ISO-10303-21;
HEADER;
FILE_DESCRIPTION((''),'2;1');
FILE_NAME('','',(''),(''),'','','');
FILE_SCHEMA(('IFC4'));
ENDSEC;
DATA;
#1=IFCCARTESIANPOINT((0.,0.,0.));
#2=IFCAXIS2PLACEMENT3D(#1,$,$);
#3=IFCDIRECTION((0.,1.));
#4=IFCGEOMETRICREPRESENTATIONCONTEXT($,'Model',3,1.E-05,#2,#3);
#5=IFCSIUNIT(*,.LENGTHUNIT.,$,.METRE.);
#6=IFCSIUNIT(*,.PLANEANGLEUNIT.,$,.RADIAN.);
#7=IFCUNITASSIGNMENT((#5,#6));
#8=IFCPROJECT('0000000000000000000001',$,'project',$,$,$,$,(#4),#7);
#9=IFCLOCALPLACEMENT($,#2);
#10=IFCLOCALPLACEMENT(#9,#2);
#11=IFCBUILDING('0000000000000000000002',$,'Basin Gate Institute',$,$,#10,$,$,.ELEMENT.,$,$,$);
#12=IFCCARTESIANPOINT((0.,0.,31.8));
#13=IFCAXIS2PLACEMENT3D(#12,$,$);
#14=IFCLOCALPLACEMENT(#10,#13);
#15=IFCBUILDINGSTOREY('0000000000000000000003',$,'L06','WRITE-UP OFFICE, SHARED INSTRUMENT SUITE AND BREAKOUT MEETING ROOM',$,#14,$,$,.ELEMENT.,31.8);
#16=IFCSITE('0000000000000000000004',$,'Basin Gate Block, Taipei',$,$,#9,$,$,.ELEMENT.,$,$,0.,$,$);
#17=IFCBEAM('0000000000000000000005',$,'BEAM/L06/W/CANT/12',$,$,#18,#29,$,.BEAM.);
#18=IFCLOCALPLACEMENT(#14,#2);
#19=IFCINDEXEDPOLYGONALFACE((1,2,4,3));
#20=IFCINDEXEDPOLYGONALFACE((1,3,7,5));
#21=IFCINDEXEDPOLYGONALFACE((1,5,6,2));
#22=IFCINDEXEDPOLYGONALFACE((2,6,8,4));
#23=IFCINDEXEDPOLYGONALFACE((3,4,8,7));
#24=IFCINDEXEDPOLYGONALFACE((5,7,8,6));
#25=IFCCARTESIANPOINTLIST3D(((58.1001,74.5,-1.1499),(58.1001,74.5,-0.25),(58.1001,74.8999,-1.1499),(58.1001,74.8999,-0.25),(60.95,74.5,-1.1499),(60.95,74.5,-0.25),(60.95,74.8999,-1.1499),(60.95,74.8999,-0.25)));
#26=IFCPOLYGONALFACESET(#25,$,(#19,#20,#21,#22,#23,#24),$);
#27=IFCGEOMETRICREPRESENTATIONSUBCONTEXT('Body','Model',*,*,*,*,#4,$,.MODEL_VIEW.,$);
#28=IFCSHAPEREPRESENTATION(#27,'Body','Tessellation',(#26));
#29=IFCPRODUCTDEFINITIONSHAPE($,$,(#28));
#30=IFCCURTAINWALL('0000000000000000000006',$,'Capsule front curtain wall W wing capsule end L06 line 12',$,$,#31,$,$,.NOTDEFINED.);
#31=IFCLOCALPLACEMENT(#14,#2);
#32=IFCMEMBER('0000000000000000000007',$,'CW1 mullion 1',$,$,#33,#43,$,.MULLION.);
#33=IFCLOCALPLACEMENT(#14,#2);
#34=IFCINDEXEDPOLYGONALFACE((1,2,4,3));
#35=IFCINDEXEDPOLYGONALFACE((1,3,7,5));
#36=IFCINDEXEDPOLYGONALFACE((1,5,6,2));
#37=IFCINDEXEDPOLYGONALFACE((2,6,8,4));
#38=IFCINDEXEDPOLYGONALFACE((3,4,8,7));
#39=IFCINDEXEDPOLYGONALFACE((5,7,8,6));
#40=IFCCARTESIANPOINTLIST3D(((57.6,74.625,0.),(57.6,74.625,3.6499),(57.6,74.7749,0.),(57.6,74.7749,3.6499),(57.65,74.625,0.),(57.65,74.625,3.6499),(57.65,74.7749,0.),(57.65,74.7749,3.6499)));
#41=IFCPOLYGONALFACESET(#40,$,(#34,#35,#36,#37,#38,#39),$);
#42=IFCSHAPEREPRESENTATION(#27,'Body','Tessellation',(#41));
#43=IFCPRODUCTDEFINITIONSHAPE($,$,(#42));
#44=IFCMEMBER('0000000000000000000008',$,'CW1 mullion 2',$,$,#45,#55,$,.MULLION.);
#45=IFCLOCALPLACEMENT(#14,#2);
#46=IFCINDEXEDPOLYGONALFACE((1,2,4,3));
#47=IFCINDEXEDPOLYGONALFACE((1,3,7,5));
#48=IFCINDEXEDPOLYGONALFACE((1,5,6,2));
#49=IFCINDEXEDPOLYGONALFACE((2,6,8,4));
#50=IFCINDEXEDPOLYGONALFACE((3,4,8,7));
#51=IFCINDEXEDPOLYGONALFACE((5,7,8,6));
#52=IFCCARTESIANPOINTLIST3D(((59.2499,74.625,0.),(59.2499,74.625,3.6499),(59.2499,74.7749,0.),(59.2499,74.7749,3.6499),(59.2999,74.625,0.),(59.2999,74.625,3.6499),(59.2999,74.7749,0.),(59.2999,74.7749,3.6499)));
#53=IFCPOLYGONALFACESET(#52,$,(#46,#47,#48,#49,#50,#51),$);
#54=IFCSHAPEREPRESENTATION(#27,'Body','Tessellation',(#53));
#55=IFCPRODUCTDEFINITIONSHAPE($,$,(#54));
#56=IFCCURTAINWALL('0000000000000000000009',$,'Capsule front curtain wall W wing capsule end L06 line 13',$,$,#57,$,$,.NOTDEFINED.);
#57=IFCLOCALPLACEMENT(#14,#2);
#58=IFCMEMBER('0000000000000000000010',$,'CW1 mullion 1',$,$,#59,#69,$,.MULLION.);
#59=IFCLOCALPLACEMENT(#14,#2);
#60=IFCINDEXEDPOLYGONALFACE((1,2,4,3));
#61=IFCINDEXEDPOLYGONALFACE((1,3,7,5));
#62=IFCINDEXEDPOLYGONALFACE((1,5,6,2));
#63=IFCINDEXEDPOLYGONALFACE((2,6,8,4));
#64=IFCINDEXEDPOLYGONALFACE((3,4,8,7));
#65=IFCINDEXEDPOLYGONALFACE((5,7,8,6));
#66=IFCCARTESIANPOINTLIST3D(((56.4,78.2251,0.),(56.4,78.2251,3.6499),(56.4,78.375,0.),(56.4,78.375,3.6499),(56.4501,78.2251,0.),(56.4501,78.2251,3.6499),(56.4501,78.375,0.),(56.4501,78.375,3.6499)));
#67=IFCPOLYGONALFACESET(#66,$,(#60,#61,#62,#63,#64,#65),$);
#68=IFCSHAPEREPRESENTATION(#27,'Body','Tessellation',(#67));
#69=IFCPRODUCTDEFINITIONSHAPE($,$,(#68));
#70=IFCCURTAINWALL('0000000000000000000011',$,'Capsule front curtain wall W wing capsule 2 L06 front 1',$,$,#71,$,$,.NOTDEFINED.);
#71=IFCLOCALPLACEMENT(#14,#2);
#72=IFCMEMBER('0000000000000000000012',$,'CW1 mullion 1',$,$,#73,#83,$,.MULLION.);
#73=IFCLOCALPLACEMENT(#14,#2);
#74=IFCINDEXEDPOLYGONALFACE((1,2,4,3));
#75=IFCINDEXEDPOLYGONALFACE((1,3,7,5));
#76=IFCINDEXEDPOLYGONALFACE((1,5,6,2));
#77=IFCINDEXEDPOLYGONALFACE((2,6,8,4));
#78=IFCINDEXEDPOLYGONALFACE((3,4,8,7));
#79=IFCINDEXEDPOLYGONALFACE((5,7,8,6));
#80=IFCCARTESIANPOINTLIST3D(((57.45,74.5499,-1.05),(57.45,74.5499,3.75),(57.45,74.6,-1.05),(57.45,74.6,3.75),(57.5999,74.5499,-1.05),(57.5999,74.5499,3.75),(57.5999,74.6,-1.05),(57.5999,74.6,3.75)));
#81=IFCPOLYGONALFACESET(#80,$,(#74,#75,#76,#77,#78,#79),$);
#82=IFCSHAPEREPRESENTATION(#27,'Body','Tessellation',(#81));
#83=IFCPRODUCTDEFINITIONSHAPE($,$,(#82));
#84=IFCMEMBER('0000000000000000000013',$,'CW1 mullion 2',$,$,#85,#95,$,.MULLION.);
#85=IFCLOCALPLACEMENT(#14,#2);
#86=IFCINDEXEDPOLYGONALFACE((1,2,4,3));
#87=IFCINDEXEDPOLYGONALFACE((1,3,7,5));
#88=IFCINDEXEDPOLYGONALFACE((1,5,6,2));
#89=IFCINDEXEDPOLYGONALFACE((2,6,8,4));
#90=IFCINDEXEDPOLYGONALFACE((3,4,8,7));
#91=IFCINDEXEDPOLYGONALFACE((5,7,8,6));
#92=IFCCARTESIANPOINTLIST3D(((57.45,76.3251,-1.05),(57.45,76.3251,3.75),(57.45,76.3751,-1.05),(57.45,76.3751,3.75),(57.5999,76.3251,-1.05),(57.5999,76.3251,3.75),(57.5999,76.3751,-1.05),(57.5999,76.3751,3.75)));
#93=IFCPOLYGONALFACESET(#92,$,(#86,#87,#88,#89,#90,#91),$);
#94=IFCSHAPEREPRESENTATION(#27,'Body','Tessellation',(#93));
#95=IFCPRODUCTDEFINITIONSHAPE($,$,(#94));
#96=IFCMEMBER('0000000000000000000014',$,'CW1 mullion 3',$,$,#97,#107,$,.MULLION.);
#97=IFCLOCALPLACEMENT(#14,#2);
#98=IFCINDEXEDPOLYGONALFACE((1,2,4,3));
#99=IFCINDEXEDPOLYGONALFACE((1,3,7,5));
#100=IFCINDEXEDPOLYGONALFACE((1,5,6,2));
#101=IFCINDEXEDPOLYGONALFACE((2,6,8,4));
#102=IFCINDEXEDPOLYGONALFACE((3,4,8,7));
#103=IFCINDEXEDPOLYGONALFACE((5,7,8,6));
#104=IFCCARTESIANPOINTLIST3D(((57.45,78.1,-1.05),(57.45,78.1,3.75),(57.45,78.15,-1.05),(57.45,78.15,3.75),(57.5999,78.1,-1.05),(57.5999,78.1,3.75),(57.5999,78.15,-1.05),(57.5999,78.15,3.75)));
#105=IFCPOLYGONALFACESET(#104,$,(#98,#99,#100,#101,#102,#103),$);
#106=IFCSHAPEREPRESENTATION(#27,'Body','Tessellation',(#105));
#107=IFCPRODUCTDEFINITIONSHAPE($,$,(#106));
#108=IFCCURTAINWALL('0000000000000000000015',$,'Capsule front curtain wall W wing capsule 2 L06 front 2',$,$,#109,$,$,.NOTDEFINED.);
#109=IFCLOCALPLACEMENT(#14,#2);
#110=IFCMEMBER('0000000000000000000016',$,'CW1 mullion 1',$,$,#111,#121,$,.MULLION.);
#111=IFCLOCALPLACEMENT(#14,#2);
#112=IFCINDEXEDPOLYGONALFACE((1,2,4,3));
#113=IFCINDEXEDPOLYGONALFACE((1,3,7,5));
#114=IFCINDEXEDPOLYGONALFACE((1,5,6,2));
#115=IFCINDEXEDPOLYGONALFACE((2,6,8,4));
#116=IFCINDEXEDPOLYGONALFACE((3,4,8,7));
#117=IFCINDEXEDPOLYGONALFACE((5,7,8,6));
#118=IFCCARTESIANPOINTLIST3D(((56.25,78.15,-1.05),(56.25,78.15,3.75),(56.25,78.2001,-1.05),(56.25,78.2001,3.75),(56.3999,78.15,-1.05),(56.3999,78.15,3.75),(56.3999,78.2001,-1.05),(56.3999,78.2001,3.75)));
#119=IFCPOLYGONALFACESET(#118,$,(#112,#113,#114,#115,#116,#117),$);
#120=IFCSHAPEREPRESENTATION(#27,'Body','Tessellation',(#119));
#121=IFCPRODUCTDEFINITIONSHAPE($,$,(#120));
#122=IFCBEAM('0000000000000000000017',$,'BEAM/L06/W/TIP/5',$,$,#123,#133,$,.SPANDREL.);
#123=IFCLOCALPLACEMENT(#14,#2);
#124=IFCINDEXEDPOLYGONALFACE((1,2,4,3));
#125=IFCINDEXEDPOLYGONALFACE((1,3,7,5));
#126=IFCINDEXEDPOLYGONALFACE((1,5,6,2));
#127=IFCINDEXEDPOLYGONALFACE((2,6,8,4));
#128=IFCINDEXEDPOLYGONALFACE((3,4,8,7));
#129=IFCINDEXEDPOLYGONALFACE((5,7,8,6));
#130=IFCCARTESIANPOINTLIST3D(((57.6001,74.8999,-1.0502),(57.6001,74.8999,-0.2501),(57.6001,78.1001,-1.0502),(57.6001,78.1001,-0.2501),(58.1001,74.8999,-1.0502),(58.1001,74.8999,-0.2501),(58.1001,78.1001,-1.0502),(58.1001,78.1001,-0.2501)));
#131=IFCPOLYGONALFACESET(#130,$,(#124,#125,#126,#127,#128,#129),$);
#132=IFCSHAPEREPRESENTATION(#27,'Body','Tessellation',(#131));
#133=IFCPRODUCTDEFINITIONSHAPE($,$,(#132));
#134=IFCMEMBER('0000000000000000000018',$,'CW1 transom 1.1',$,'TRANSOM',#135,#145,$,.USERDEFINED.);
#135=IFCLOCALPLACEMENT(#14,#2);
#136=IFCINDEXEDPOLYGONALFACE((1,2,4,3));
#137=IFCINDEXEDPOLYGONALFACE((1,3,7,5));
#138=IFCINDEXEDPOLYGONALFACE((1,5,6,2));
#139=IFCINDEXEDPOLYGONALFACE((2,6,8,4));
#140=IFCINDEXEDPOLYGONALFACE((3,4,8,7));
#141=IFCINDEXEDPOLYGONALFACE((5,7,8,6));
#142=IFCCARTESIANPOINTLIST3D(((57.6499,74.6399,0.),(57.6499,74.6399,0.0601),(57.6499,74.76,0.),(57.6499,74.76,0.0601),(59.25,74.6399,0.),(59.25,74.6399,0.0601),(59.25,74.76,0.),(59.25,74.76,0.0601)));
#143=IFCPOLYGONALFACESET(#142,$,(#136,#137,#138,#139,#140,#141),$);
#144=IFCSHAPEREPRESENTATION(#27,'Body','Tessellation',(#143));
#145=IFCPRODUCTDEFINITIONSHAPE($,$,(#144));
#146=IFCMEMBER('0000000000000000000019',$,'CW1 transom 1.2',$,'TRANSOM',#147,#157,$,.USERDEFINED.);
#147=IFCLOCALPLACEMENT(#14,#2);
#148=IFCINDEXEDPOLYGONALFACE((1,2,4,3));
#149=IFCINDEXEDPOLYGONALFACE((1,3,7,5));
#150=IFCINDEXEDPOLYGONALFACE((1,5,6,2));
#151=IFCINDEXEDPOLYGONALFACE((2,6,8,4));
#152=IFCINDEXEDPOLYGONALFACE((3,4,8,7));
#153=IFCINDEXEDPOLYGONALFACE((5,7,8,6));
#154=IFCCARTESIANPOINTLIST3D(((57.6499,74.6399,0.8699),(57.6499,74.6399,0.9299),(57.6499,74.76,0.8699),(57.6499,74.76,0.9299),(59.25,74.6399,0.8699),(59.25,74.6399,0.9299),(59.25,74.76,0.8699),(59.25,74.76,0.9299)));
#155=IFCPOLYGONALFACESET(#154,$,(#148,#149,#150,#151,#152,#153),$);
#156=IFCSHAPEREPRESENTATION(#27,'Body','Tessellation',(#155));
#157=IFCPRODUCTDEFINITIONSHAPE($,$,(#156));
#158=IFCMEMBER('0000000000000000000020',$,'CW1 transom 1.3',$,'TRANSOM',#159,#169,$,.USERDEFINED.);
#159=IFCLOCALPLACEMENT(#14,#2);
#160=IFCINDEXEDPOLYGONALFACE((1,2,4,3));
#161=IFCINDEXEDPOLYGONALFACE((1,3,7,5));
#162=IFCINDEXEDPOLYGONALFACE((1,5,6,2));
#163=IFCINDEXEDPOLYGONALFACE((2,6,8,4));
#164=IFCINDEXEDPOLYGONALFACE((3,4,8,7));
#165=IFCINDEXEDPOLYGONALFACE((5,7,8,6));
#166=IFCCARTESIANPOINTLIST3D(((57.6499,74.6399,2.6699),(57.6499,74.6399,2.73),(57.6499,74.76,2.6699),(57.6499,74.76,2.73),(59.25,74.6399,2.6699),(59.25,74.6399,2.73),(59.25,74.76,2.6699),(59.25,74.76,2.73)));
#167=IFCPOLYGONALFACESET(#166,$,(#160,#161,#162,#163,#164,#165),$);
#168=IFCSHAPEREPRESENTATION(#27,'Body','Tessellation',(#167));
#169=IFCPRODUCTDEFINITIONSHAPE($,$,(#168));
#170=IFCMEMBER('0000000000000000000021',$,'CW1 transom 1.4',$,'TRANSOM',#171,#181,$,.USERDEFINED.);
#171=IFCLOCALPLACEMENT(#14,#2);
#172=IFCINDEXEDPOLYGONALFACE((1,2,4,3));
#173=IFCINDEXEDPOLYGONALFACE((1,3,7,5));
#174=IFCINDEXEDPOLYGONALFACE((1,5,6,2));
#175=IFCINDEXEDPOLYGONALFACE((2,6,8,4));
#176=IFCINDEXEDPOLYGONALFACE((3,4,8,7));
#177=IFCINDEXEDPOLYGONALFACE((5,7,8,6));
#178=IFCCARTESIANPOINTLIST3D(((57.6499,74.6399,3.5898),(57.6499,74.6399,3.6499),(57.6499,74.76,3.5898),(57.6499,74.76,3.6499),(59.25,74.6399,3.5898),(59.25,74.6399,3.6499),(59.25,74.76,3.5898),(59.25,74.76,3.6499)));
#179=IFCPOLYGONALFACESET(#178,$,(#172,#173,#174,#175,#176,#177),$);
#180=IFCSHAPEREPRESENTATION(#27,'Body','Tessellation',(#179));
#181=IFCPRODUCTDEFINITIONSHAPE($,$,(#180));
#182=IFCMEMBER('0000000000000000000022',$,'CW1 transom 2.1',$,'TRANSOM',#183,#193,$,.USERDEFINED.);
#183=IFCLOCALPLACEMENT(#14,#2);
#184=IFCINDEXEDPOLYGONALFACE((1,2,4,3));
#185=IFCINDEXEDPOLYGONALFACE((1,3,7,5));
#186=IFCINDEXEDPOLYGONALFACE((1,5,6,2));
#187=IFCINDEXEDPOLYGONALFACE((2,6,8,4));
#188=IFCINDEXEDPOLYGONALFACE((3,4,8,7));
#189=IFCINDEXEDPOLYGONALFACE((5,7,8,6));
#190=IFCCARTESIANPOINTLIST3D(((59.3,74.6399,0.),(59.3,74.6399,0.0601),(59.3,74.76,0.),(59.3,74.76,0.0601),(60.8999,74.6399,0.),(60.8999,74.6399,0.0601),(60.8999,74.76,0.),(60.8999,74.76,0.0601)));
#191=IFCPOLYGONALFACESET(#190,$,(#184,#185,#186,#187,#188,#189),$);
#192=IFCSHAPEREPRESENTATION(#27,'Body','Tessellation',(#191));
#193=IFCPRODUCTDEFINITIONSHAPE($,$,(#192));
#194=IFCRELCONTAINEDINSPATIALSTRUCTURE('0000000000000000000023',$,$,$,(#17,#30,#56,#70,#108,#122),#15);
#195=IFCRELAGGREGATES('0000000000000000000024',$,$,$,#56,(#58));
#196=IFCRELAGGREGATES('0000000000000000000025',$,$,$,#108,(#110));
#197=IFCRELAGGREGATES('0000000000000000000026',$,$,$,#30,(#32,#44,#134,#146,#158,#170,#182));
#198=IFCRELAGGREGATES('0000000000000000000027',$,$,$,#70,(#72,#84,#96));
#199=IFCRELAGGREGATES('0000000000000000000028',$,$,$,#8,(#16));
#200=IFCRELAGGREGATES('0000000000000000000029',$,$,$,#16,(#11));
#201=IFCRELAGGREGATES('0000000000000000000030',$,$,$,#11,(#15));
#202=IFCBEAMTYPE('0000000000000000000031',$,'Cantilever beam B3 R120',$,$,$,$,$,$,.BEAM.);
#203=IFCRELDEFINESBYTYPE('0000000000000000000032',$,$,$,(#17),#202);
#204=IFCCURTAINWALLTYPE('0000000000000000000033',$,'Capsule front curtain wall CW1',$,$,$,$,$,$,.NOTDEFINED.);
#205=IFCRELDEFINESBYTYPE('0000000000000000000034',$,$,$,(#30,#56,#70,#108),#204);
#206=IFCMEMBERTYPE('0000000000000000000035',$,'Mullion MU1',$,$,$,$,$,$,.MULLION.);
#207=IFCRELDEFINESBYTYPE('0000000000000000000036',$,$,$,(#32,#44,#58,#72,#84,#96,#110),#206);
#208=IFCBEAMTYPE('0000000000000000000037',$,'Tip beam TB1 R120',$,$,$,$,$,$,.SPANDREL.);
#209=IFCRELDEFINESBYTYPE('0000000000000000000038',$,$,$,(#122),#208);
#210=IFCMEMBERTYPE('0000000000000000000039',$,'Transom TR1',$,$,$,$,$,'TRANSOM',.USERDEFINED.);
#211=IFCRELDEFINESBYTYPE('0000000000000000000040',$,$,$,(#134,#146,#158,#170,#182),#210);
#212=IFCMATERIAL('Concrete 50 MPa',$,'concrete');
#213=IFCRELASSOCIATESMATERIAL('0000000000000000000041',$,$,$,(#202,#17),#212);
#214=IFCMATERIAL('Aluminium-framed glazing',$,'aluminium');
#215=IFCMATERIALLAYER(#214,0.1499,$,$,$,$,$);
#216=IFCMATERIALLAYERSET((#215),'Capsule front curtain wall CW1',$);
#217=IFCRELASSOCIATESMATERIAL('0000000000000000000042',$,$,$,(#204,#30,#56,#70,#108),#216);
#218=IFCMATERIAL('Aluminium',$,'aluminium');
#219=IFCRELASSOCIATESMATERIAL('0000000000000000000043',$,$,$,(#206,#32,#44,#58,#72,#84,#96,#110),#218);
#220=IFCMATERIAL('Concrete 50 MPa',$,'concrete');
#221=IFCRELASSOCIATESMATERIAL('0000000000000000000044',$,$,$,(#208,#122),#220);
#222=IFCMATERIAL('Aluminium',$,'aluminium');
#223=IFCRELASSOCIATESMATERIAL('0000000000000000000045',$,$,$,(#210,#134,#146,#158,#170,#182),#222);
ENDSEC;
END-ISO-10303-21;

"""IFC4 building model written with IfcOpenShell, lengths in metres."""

from ifc_helpers import new_model, si_unit, direction, frame, origin, origin_2d, place, context, subcontext, project, spatial, rectangle, extrude, material, layer, layer_set, material_profile, profile_set, type_object, element, aggregate, save


model = new_model("IFC4")

# Units and contexts
model_context = context("Model", 3, precision=1e-05, world=origin(), true_north=direction((0.0, 1.0)))
body_context = subcontext(model_context, "Body", "Model", "MODEL_VIEW")
ifc_project = project(units=[si_unit("LENGTHUNIT", "METRE"), si_unit("PLANEANGLEUNIT", "RADIAN")], contexts=[model_context])

# Site, building, storey
site_placement = place(None, origin())
site = spatial("IfcSite", under=ifc_project, at=site_placement, Name="Basin Gate Block, Taipei", CompositionType="ELEMENT", RefElevation=0.0)
building_placement = place(site_placement, origin())
building = spatial("IfcBuilding", under=site, at=building_placement, Name="Basin Gate Institute", CompositionType="ELEMENT")
storey_placement = place(building_placement, frame((0.0, 0.0, 31.8)))
storey = spatial("IfcBuildingStorey", under=building, at=storey_placement, Name="L06", Description="WRITE-UP OFFICE, SHARED INSTRUMENT SUITE AND BREAKOUT MEETING ROOM", CompositionType="ELEMENT", Elevation=31.8)

# Beam
ifc_material_1 = material(Name="Concrete 50 MPa", Category="concrete")
ifc_material_profile_1 = material_profile(ifc_material_1, rectangle(XDim=0.3999, YDim=0.8999, at=origin_2d()), Name="Cantilever beam B3 400 x 900")
ifc_profile_set_1 = profile_set([ifc_material_profile_1], Name="Concrete 50 MPa")
beam_type_1 = type_object("IfcBeamType", Name="Cantilever beam B3 R120", PredefinedType="BEAM", material=ifc_profile_set_1)
beam_1_placement = place(storey_placement, frame((58.1001, 74.7, -0.7), z_axis=(1.0, 0.0, 0.0), x_axis=(0.0, 1.0, 0.0)))
element("IfcBeam", 1, at=beam_1_placement, inside=storey, type_object=beam_type_1, material=ifc_profile_set_1, Name="BEAM/L06/W/CANT/12", PredefinedType="BEAM", context=body_context, shape_type="SweptSolid", body=[
    extrude(rectangle(XDim=0.3999, YDim=0.8999, at=origin_2d()), origin(), (0.0, 0.0, 1.0), 2.8499),
])

# Curtain wall, members
ifc_material_2 = material(Name="Aluminium-framed glazing", Category="aluminium")
ifc_layer_1 = layer(ifc_material_2, 0.1499)
ifc_layer_set_1 = layer_set([ifc_layer_1], Name="Capsule front curtain wall CW1")
curtain_wall_type = type_object("IfcCurtainWallType", Name="Capsule front curtain wall CW1", PredefinedType="NOTDEFINED", material=ifc_layer_set_1)
curtain_wall_1_placement = place(storey_placement, origin())
curtain_wall_1 = element("IfcCurtainWall", 2, at=curtain_wall_1_placement, inside=storey, type_object=curtain_wall_type, material=ifc_layer_set_1, Name="Capsule front curtain wall W wing capsule end L06 line 12", PredefinedType="NOTDEFINED")
ifc_material_3 = material(Name="Aluminium", Category="aluminium")
ifc_material_profile_2 = material_profile(ifc_material_3, rectangle(XDim=0.1499, YDim=0.05, at=origin_2d()), Name="Mullion MU1 150 x 50")
ifc_profile_set_2 = profile_set([ifc_material_profile_2], Name="Aluminium")
member_type_1 = type_object("IfcMemberType", Name="Mullion MU1", PredefinedType="MULLION", material=ifc_profile_set_2)
member_1_placement = place(storey_placement, frame((57.625, 74.7, 0.0), z_axis=(0.0, 0.0, 1.0), x_axis=(0.0, 1.0, 0.0)))
member_1 = element("IfcMember", 3, at=member_1_placement, type_object=member_type_1, material=ifc_profile_set_2, Name="CW1 mullion 1", PredefinedType="MULLION", context=body_context, shape_type="SweptSolid", body=[
    extrude(rectangle(XDim=0.1499, YDim=0.05, at=origin_2d()), origin(), (0.0, 0.0, 1.0), 3.6499),
])
member_2_placement = place(storey_placement, frame((59.2749, 74.7, 0.0), z_axis=(0.0, 0.0, 1.0), x_axis=(0.0, 1.0, 0.0)))
member_2 = element("IfcMember", 4, at=member_2_placement, type_object=member_type_1, material=ifc_profile_set_2, Name="CW1 mullion 2", PredefinedType="MULLION", context=body_context, shape_type="SweptSolid", body=[
    extrude(rectangle(XDim=0.1499, YDim=0.05, at=origin_2d()), origin(), (0.0, 0.0, 1.0), 3.6499),
])

# Curtain wall, member
curtain_wall_2_placement = place(storey_placement, origin())
curtain_wall_2 = element("IfcCurtainWall", 5, at=curtain_wall_2_placement, inside=storey, type_object=curtain_wall_type, material=ifc_layer_set_1, Name="Capsule front curtain wall W wing capsule end L06 line 13", PredefinedType="NOTDEFINED")
member_3_placement = place(storey_placement, frame((56.425, 78.3, 0.0), z_axis=(0.0, 0.0, 1.0), x_axis=(0.0, 1.0, 0.0)))
member_3 = element("IfcMember", 6, at=member_3_placement, type_object=member_type_1, material=ifc_profile_set_2, Name="CW1 mullion 1", PredefinedType="MULLION", context=body_context, shape_type="SweptSolid", body=[
    extrude(rectangle(XDim=0.1499, YDim=0.05, at=origin_2d()), origin(), (0.0, 0.0, 1.0), 3.6499),
])

# Curtain wall, members
curtain_wall_3_placement = place(storey_placement, origin())
curtain_wall_3 = element("IfcCurtainWall", 7, at=curtain_wall_3_placement, inside=storey, type_object=curtain_wall_type, material=ifc_layer_set_1, Name="Capsule front curtain wall W wing capsule 2 L06 front 1", PredefinedType="NOTDEFINED")
member_4_placement = place(storey_placement, frame((57.5249, 74.575, -1.05), z_axis=(0.0, 0.0, 1.0), x_axis=(-1.0, 0.0, 0.0)))
member_4 = element("IfcMember", 8, at=member_4_placement, type_object=member_type_1, material=ifc_profile_set_2, Name="CW1 mullion 1", PredefinedType="MULLION", context=body_context, shape_type="SweptSolid", body=[
    extrude(rectangle(XDim=0.1499, YDim=0.05, at=origin_2d()), origin(), (0.0, 0.0, 1.0), 4.8),
])
member_5_placement = place(storey_placement, frame((57.5249, 76.3501, -1.05), z_axis=(0.0, 0.0, 1.0), x_axis=(-1.0, 0.0, 0.0)))
member_5 = element("IfcMember", 9, at=member_5_placement, type_object=member_type_1, material=ifc_profile_set_2, Name="CW1 mullion 2", PredefinedType="MULLION", context=body_context, shape_type="SweptSolid", body=[
    extrude(rectangle(XDim=0.1499, YDim=0.05, at=origin_2d()), origin(), (0.0, 0.0, 1.0), 4.8),
])
member_6_placement = place(storey_placement, frame((57.5249, 78.125, -1.05), z_axis=(0.0, 0.0, 1.0), x_axis=(-1.0, 0.0, 0.0)))
member_6 = element("IfcMember", 10, at=member_6_placement, type_object=member_type_1, material=ifc_profile_set_2, Name="CW1 mullion 3", PredefinedType="MULLION", context=body_context, shape_type="SweptSolid", body=[
    extrude(rectangle(XDim=0.1499, YDim=0.05, at=origin_2d()), origin(), (0.0, 0.0, 1.0), 4.8),
])

# Curtain wall, member
curtain_wall_4_placement = place(storey_placement, origin())
curtain_wall_4 = element("IfcCurtainWall", 11, at=curtain_wall_4_placement, inside=storey, type_object=curtain_wall_type, material=ifc_layer_set_1, Name="Capsule front curtain wall W wing capsule 2 L06 front 2", PredefinedType="NOTDEFINED")
member_7_placement = place(storey_placement, frame((56.325, 78.175, -1.05), z_axis=(0.0, 0.0, 1.0), x_axis=(-1.0, 0.0, 0.0)))
member_7 = element("IfcMember", 12, at=member_7_placement, type_object=member_type_1, material=ifc_profile_set_2, Name="CW1 mullion 1", PredefinedType="MULLION", context=body_context, shape_type="SweptSolid", body=[
    extrude(rectangle(XDim=0.1499, YDim=0.05, at=origin_2d()), origin(), (0.0, 0.0, 1.0), 4.8),
])

# Beam
ifc_material_4 = material(Name="Concrete 50 MPa", Category="concrete")
ifc_material_profile_3 = material_profile(ifc_material_4, rectangle(XDim=0.5, YDim=0.8, at=origin_2d()), Name="Tip beam TB1 500 x 800")
ifc_profile_set_3 = profile_set([ifc_material_profile_3], Name="Concrete 50 MPa")
beam_type_2 = type_object("IfcBeamType", Name="Tip beam TB1 R120", PredefinedType="SPANDREL", material=ifc_profile_set_3)
beam_2_placement = place(storey_placement, frame((57.8501, 74.8999, -0.6501), z_axis=(0.0, 1.0, 0.0), x_axis=(-1.0, 0.0, 0.0)))
element("IfcBeam", 13, at=beam_2_placement, inside=storey, type_object=beam_type_2, material=ifc_profile_set_3, Name="BEAM/L06/W/TIP/5", PredefinedType="SPANDREL", context=body_context, shape_type="SweptSolid", body=[
    extrude(rectangle(XDim=0.5, YDim=0.8, at=origin_2d()), origin(), (0.0, 0.0, 1.0), 3.2002),
])

# Members
ifc_material_5 = material(Name="Aluminium", Category="aluminium")
ifc_material_profile_4 = material_profile(ifc_material_5, rectangle(XDim=0.1201, YDim=0.0601, at=origin_2d()), Name="Transom TR1 120 x 60")
ifc_profile_set_4 = profile_set([ifc_material_profile_4], Name="Aluminium")
member_type_2 = type_object("IfcMemberType", Name="Transom TR1", ElementType="TRANSOM", PredefinedType="USERDEFINED", material=ifc_profile_set_4)
member_8_placement = place(storey_placement, frame((57.6499, 74.7, 0.03), z_axis=(1.0, 0.0, 0.0), x_axis=(0.0, 1.0, 0.0)))
member_8 = element("IfcMember", 14, at=member_8_placement, type_object=member_type_2, material=ifc_profile_set_4, Name="CW1 transom 1.1", ObjectType="TRANSOM", PredefinedType="USERDEFINED", context=body_context, shape_type="SweptSolid", body=[
    extrude(rectangle(XDim=0.1201, YDim=0.0601, at=origin_2d()), origin(), (0.0, 0.0, 1.0), 1.6001),
])
member_9_placement = place(storey_placement, frame((57.6499, 74.7, 0.8999), z_axis=(1.0, 0.0, 0.0), x_axis=(0.0, 1.0, 0.0)))
member_9 = element("IfcMember", 15, at=member_9_placement, type_object=member_type_2, material=ifc_profile_set_4, Name="CW1 transom 1.2", ObjectType="TRANSOM", PredefinedType="USERDEFINED", context=body_context, shape_type="SweptSolid", body=[
    extrude(rectangle(XDim=0.1201, YDim=0.0601, at=origin_2d()), origin(), (0.0, 0.0, 1.0), 1.6001),
])
member_10_placement = place(storey_placement, frame((57.6499, 74.7, 2.7), z_axis=(1.0, 0.0, 0.0), x_axis=(0.0, 1.0, 0.0)))
member_10 = element("IfcMember", 16, at=member_10_placement, type_object=member_type_2, material=ifc_profile_set_4, Name="CW1 transom 1.3", ObjectType="TRANSOM", PredefinedType="USERDEFINED", context=body_context, shape_type="SweptSolid", body=[
    extrude(rectangle(XDim=0.1201, YDim=0.0601, at=origin_2d()), origin(), (0.0, 0.0, 1.0), 1.6001),
])
member_11_placement = place(storey_placement, frame((57.6499, 74.7, 3.6199), z_axis=(1.0, 0.0, 0.0), x_axis=(0.0, 1.0, 0.0)))
member_11 = element("IfcMember", 17, at=member_11_placement, type_object=member_type_2, material=ifc_profile_set_4, Name="CW1 transom 1.4", ObjectType="TRANSOM", PredefinedType="USERDEFINED", context=body_context, shape_type="SweptSolid", body=[
    extrude(rectangle(XDim=0.1201, YDim=0.0601, at=origin_2d()), origin(), (0.0, 0.0, 1.0), 1.6001),
])
member_12_placement = place(storey_placement, frame((59.3, 74.7, 0.03), z_axis=(1.0, 0.0, 0.0), x_axis=(0.0, 1.0, 0.0)))
member_12 = element("IfcMember", 18, at=member_12_placement, type_object=member_type_2, material=ifc_profile_set_4, Name="CW1 transom 2.1", ObjectType="TRANSOM", PredefinedType="USERDEFINED", context=body_context, shape_type="SweptSolid", body=[
    extrude(rectangle(XDim=0.1201, YDim=0.0601, at=origin_2d()), origin(), (0.0, 0.0, 1.0), 1.5999),
])
aggregate(curtain_wall_2, [member_3])
aggregate(curtain_wall_4, [member_7])

aggregate(curtain_wall_1, [member_1, member_2, member_8, member_9, member_10, member_11, member_12])
aggregate(curtain_wall_3, [member_4, member_5, member_6])

save(model, "model.ifc")
